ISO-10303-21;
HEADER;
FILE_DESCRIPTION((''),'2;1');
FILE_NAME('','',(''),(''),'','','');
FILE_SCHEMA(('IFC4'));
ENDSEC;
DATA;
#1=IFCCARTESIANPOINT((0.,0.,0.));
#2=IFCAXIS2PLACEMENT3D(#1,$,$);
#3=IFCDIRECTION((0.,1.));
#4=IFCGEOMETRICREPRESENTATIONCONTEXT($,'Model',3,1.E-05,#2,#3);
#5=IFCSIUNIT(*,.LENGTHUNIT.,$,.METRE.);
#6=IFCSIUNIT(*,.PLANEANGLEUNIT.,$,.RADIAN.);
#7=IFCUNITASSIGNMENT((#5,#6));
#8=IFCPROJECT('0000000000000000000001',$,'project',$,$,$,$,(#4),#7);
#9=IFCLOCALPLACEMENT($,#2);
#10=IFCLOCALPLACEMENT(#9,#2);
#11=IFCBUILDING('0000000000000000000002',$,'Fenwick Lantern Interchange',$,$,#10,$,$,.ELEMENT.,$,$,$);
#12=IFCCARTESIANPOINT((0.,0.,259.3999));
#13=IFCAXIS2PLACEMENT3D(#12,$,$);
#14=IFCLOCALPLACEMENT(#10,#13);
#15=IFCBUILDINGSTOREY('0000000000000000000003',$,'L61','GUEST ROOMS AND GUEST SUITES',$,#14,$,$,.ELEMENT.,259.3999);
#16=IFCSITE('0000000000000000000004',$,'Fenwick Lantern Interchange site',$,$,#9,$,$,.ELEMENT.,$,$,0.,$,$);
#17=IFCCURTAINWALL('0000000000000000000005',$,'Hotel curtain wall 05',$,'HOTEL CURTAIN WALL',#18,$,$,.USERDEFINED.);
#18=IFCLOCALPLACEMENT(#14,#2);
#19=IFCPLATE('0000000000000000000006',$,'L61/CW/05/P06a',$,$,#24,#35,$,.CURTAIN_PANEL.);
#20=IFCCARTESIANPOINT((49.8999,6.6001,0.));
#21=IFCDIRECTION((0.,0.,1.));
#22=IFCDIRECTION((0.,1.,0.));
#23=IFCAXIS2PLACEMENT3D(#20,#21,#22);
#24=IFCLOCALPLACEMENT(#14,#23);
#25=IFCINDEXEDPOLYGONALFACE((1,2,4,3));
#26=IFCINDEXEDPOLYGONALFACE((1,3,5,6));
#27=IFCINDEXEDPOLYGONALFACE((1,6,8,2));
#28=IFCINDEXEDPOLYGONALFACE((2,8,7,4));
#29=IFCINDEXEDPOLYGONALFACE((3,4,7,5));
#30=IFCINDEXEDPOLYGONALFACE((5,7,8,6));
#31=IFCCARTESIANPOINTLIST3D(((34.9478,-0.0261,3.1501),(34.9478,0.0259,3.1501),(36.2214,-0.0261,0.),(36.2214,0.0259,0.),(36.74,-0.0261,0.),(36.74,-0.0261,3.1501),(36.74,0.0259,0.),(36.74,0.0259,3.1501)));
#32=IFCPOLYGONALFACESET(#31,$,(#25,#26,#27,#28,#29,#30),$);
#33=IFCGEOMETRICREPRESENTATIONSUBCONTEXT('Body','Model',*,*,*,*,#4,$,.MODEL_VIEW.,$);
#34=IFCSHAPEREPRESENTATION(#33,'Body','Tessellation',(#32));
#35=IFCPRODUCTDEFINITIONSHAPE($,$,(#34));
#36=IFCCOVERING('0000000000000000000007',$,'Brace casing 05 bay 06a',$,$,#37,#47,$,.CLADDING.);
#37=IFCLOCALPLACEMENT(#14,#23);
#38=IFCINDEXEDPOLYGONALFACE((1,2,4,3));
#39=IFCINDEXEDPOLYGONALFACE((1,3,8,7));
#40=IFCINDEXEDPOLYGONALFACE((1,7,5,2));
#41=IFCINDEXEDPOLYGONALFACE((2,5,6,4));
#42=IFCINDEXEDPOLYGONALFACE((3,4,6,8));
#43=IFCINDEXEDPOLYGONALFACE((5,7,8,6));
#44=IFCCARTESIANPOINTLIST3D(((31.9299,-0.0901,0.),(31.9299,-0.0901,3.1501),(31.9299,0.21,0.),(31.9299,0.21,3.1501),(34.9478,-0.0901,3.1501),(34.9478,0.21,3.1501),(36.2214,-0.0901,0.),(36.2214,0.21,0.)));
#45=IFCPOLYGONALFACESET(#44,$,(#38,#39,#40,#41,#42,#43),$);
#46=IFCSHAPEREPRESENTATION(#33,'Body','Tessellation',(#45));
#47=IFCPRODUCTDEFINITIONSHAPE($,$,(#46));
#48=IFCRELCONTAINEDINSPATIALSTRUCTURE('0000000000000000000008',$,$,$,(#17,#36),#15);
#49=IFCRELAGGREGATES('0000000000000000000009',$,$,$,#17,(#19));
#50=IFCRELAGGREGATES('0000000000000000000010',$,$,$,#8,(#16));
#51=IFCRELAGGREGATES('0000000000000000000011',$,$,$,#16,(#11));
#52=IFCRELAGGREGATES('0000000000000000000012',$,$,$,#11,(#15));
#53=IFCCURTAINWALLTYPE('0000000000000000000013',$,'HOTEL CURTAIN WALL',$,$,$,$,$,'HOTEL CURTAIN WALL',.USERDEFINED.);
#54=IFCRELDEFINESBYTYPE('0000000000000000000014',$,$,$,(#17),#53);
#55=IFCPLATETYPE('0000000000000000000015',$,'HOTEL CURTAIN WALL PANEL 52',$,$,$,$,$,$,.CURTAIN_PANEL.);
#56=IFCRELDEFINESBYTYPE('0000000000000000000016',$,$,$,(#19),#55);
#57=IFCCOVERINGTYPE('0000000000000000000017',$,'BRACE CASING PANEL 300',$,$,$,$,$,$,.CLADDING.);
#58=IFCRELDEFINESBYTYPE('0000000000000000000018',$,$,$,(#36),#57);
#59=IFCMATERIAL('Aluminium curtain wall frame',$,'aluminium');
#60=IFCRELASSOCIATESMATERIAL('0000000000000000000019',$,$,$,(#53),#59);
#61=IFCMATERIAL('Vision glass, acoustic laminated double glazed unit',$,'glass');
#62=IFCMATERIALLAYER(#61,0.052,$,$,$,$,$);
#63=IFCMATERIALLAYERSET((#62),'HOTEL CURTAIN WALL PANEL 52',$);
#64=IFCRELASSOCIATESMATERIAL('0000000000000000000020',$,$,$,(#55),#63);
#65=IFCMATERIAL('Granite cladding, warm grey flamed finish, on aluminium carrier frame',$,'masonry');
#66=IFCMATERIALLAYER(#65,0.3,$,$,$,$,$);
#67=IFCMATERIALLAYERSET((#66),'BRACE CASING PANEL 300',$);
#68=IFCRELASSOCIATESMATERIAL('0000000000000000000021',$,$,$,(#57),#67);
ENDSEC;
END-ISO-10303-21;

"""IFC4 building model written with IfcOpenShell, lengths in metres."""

from ifc_helpers import new_model, si_unit, direction, frame, origin, place, context, subcontext, project, spatial, polyline, outline, extrude, material, layer, layer_set, type_object, element, aggregate, save


model = new_model("IFC4")

# Units and contexts
model_context = context("Model", 3, precision=1e-05, world=origin(), true_north=direction((0.0, 1.0)))
body_context = subcontext(model_context, "Body", "Model", "MODEL_VIEW")
ifc_project = project(units=[si_unit("LENGTHUNIT", "METRE"), si_unit("PLANEANGLEUNIT", "RADIAN")], contexts=[model_context])

# Site, building, storey
site_placement = place(None, origin())
site = spatial("IfcSite", under=ifc_project, at=site_placement, Name="Fenwick Lantern Interchange site", CompositionType="ELEMENT", RefElevation=0.0)
building_placement = place(site_placement, origin())
building = spatial("IfcBuilding", under=site, at=building_placement, Name="Fenwick Lantern Interchange", CompositionType="ELEMENT")
storey_placement = place(building_placement, frame((0.0, 0.0, 259.3999)))
storey = spatial("IfcBuildingStorey", under=building, at=storey_placement, Name="L61", Description="GUEST ROOMS AND GUEST SUITES", CompositionType="ELEMENT", Elevation=259.3999)

# Curtain wall
ifc_material_1 = material(Name="Aluminium curtain wall frame", Category="aluminium")
curtain_wall_type = type_object("IfcCurtainWallType", Name="HOTEL CURTAIN WALL", ElementType="HOTEL CURTAIN WALL", PredefinedType="USERDEFINED", material=ifc_material_1)
curtain_wall_placement = place(storey_placement, origin())
curtain_wall = element("IfcCurtainWall", 1, at=curtain_wall_placement, inside=storey, type_object=curtain_wall_type, Name="Hotel curtain wall 05", ObjectType="HOTEL CURTAIN WALL", PredefinedType="USERDEFINED")

# Plate
ifc_material_2 = material(Name="Vision glass, acoustic laminated double glazed unit", Category="glass")
ifc_layer_1 = layer(ifc_material_2, 0.052)
ifc_layer_set_1 = layer_set([ifc_layer_1], Name="HOTEL CURTAIN WALL PANEL 52")
plate_type = type_object("IfcPlateType", Name="HOTEL CURTAIN WALL PANEL 52", PredefinedType="CURTAIN_PANEL", material=ifc_layer_set_1)
plate_placement = place(storey_placement, frame((49.8999, 6.6001, 0.0), z_axis=(0.0, 0.0, 1.0), x_axis=(0.0, 1.0, 0.0)))
plate = element("IfcPlate", 2, at=plate_placement, type_object=plate_type, Name="L61/CW/05/P06a", PredefinedType="CURTAIN_PANEL", context=body_context, shape_type="SweptSolid", body=[
    extrude(outline(polyline([(36.2214, 0.0), (36.74, 0.0), (36.74, 3.1501), (34.9478, 3.1501), (36.2214, 0.0)])), frame((0.0, 0.0259, 0.0), z_axis=(0.0, -1.0, 0.0), x_axis=(1.0, 0.0, 0.0)), (0.0, 0.0, 1.0), 0.052),
])
aggregate(curtain_wall, [plate])

# Covering
ifc_material_3 = material(Name="Granite cladding, warm grey flamed finish, on aluminium carrier frame", Category="masonry")
ifc_layer_2 = layer(ifc_material_3, 0.3)
ifc_layer_set_2 = layer_set([ifc_layer_2], Name="BRACE CASING PANEL 300")
covering_type = type_object("IfcCoveringType", Name="BRACE CASING PANEL 300", PredefinedType="CLADDING", material=ifc_layer_set_2)
covering_placement = place(storey_placement, frame((49.8999, 6.6001, 0.0), z_axis=(0.0, 0.0, 1.0), x_axis=(0.0, 1.0, 0.0)))
element("IfcCovering", 3, at=covering_placement, inside=storey, type_object=covering_type, Name="Brace casing 05 bay 06a", PredefinedType="CLADDING", context=body_context, shape_type="SweptSolid", body=[
    extrude(outline(polyline([(31.9299, 0.0), (36.2214, 0.0), (34.9478, 3.1501), (31.9299, 3.1501), (31.9299, 0.0)])), frame((0.0, 0.21, 0.0), z_axis=(0.0, -1.0, 0.0), x_axis=(1.0, 0.0, 0.0)), (0.0, 0.0, 1.0), 0.3),
])

save(model, "model.ifc")
